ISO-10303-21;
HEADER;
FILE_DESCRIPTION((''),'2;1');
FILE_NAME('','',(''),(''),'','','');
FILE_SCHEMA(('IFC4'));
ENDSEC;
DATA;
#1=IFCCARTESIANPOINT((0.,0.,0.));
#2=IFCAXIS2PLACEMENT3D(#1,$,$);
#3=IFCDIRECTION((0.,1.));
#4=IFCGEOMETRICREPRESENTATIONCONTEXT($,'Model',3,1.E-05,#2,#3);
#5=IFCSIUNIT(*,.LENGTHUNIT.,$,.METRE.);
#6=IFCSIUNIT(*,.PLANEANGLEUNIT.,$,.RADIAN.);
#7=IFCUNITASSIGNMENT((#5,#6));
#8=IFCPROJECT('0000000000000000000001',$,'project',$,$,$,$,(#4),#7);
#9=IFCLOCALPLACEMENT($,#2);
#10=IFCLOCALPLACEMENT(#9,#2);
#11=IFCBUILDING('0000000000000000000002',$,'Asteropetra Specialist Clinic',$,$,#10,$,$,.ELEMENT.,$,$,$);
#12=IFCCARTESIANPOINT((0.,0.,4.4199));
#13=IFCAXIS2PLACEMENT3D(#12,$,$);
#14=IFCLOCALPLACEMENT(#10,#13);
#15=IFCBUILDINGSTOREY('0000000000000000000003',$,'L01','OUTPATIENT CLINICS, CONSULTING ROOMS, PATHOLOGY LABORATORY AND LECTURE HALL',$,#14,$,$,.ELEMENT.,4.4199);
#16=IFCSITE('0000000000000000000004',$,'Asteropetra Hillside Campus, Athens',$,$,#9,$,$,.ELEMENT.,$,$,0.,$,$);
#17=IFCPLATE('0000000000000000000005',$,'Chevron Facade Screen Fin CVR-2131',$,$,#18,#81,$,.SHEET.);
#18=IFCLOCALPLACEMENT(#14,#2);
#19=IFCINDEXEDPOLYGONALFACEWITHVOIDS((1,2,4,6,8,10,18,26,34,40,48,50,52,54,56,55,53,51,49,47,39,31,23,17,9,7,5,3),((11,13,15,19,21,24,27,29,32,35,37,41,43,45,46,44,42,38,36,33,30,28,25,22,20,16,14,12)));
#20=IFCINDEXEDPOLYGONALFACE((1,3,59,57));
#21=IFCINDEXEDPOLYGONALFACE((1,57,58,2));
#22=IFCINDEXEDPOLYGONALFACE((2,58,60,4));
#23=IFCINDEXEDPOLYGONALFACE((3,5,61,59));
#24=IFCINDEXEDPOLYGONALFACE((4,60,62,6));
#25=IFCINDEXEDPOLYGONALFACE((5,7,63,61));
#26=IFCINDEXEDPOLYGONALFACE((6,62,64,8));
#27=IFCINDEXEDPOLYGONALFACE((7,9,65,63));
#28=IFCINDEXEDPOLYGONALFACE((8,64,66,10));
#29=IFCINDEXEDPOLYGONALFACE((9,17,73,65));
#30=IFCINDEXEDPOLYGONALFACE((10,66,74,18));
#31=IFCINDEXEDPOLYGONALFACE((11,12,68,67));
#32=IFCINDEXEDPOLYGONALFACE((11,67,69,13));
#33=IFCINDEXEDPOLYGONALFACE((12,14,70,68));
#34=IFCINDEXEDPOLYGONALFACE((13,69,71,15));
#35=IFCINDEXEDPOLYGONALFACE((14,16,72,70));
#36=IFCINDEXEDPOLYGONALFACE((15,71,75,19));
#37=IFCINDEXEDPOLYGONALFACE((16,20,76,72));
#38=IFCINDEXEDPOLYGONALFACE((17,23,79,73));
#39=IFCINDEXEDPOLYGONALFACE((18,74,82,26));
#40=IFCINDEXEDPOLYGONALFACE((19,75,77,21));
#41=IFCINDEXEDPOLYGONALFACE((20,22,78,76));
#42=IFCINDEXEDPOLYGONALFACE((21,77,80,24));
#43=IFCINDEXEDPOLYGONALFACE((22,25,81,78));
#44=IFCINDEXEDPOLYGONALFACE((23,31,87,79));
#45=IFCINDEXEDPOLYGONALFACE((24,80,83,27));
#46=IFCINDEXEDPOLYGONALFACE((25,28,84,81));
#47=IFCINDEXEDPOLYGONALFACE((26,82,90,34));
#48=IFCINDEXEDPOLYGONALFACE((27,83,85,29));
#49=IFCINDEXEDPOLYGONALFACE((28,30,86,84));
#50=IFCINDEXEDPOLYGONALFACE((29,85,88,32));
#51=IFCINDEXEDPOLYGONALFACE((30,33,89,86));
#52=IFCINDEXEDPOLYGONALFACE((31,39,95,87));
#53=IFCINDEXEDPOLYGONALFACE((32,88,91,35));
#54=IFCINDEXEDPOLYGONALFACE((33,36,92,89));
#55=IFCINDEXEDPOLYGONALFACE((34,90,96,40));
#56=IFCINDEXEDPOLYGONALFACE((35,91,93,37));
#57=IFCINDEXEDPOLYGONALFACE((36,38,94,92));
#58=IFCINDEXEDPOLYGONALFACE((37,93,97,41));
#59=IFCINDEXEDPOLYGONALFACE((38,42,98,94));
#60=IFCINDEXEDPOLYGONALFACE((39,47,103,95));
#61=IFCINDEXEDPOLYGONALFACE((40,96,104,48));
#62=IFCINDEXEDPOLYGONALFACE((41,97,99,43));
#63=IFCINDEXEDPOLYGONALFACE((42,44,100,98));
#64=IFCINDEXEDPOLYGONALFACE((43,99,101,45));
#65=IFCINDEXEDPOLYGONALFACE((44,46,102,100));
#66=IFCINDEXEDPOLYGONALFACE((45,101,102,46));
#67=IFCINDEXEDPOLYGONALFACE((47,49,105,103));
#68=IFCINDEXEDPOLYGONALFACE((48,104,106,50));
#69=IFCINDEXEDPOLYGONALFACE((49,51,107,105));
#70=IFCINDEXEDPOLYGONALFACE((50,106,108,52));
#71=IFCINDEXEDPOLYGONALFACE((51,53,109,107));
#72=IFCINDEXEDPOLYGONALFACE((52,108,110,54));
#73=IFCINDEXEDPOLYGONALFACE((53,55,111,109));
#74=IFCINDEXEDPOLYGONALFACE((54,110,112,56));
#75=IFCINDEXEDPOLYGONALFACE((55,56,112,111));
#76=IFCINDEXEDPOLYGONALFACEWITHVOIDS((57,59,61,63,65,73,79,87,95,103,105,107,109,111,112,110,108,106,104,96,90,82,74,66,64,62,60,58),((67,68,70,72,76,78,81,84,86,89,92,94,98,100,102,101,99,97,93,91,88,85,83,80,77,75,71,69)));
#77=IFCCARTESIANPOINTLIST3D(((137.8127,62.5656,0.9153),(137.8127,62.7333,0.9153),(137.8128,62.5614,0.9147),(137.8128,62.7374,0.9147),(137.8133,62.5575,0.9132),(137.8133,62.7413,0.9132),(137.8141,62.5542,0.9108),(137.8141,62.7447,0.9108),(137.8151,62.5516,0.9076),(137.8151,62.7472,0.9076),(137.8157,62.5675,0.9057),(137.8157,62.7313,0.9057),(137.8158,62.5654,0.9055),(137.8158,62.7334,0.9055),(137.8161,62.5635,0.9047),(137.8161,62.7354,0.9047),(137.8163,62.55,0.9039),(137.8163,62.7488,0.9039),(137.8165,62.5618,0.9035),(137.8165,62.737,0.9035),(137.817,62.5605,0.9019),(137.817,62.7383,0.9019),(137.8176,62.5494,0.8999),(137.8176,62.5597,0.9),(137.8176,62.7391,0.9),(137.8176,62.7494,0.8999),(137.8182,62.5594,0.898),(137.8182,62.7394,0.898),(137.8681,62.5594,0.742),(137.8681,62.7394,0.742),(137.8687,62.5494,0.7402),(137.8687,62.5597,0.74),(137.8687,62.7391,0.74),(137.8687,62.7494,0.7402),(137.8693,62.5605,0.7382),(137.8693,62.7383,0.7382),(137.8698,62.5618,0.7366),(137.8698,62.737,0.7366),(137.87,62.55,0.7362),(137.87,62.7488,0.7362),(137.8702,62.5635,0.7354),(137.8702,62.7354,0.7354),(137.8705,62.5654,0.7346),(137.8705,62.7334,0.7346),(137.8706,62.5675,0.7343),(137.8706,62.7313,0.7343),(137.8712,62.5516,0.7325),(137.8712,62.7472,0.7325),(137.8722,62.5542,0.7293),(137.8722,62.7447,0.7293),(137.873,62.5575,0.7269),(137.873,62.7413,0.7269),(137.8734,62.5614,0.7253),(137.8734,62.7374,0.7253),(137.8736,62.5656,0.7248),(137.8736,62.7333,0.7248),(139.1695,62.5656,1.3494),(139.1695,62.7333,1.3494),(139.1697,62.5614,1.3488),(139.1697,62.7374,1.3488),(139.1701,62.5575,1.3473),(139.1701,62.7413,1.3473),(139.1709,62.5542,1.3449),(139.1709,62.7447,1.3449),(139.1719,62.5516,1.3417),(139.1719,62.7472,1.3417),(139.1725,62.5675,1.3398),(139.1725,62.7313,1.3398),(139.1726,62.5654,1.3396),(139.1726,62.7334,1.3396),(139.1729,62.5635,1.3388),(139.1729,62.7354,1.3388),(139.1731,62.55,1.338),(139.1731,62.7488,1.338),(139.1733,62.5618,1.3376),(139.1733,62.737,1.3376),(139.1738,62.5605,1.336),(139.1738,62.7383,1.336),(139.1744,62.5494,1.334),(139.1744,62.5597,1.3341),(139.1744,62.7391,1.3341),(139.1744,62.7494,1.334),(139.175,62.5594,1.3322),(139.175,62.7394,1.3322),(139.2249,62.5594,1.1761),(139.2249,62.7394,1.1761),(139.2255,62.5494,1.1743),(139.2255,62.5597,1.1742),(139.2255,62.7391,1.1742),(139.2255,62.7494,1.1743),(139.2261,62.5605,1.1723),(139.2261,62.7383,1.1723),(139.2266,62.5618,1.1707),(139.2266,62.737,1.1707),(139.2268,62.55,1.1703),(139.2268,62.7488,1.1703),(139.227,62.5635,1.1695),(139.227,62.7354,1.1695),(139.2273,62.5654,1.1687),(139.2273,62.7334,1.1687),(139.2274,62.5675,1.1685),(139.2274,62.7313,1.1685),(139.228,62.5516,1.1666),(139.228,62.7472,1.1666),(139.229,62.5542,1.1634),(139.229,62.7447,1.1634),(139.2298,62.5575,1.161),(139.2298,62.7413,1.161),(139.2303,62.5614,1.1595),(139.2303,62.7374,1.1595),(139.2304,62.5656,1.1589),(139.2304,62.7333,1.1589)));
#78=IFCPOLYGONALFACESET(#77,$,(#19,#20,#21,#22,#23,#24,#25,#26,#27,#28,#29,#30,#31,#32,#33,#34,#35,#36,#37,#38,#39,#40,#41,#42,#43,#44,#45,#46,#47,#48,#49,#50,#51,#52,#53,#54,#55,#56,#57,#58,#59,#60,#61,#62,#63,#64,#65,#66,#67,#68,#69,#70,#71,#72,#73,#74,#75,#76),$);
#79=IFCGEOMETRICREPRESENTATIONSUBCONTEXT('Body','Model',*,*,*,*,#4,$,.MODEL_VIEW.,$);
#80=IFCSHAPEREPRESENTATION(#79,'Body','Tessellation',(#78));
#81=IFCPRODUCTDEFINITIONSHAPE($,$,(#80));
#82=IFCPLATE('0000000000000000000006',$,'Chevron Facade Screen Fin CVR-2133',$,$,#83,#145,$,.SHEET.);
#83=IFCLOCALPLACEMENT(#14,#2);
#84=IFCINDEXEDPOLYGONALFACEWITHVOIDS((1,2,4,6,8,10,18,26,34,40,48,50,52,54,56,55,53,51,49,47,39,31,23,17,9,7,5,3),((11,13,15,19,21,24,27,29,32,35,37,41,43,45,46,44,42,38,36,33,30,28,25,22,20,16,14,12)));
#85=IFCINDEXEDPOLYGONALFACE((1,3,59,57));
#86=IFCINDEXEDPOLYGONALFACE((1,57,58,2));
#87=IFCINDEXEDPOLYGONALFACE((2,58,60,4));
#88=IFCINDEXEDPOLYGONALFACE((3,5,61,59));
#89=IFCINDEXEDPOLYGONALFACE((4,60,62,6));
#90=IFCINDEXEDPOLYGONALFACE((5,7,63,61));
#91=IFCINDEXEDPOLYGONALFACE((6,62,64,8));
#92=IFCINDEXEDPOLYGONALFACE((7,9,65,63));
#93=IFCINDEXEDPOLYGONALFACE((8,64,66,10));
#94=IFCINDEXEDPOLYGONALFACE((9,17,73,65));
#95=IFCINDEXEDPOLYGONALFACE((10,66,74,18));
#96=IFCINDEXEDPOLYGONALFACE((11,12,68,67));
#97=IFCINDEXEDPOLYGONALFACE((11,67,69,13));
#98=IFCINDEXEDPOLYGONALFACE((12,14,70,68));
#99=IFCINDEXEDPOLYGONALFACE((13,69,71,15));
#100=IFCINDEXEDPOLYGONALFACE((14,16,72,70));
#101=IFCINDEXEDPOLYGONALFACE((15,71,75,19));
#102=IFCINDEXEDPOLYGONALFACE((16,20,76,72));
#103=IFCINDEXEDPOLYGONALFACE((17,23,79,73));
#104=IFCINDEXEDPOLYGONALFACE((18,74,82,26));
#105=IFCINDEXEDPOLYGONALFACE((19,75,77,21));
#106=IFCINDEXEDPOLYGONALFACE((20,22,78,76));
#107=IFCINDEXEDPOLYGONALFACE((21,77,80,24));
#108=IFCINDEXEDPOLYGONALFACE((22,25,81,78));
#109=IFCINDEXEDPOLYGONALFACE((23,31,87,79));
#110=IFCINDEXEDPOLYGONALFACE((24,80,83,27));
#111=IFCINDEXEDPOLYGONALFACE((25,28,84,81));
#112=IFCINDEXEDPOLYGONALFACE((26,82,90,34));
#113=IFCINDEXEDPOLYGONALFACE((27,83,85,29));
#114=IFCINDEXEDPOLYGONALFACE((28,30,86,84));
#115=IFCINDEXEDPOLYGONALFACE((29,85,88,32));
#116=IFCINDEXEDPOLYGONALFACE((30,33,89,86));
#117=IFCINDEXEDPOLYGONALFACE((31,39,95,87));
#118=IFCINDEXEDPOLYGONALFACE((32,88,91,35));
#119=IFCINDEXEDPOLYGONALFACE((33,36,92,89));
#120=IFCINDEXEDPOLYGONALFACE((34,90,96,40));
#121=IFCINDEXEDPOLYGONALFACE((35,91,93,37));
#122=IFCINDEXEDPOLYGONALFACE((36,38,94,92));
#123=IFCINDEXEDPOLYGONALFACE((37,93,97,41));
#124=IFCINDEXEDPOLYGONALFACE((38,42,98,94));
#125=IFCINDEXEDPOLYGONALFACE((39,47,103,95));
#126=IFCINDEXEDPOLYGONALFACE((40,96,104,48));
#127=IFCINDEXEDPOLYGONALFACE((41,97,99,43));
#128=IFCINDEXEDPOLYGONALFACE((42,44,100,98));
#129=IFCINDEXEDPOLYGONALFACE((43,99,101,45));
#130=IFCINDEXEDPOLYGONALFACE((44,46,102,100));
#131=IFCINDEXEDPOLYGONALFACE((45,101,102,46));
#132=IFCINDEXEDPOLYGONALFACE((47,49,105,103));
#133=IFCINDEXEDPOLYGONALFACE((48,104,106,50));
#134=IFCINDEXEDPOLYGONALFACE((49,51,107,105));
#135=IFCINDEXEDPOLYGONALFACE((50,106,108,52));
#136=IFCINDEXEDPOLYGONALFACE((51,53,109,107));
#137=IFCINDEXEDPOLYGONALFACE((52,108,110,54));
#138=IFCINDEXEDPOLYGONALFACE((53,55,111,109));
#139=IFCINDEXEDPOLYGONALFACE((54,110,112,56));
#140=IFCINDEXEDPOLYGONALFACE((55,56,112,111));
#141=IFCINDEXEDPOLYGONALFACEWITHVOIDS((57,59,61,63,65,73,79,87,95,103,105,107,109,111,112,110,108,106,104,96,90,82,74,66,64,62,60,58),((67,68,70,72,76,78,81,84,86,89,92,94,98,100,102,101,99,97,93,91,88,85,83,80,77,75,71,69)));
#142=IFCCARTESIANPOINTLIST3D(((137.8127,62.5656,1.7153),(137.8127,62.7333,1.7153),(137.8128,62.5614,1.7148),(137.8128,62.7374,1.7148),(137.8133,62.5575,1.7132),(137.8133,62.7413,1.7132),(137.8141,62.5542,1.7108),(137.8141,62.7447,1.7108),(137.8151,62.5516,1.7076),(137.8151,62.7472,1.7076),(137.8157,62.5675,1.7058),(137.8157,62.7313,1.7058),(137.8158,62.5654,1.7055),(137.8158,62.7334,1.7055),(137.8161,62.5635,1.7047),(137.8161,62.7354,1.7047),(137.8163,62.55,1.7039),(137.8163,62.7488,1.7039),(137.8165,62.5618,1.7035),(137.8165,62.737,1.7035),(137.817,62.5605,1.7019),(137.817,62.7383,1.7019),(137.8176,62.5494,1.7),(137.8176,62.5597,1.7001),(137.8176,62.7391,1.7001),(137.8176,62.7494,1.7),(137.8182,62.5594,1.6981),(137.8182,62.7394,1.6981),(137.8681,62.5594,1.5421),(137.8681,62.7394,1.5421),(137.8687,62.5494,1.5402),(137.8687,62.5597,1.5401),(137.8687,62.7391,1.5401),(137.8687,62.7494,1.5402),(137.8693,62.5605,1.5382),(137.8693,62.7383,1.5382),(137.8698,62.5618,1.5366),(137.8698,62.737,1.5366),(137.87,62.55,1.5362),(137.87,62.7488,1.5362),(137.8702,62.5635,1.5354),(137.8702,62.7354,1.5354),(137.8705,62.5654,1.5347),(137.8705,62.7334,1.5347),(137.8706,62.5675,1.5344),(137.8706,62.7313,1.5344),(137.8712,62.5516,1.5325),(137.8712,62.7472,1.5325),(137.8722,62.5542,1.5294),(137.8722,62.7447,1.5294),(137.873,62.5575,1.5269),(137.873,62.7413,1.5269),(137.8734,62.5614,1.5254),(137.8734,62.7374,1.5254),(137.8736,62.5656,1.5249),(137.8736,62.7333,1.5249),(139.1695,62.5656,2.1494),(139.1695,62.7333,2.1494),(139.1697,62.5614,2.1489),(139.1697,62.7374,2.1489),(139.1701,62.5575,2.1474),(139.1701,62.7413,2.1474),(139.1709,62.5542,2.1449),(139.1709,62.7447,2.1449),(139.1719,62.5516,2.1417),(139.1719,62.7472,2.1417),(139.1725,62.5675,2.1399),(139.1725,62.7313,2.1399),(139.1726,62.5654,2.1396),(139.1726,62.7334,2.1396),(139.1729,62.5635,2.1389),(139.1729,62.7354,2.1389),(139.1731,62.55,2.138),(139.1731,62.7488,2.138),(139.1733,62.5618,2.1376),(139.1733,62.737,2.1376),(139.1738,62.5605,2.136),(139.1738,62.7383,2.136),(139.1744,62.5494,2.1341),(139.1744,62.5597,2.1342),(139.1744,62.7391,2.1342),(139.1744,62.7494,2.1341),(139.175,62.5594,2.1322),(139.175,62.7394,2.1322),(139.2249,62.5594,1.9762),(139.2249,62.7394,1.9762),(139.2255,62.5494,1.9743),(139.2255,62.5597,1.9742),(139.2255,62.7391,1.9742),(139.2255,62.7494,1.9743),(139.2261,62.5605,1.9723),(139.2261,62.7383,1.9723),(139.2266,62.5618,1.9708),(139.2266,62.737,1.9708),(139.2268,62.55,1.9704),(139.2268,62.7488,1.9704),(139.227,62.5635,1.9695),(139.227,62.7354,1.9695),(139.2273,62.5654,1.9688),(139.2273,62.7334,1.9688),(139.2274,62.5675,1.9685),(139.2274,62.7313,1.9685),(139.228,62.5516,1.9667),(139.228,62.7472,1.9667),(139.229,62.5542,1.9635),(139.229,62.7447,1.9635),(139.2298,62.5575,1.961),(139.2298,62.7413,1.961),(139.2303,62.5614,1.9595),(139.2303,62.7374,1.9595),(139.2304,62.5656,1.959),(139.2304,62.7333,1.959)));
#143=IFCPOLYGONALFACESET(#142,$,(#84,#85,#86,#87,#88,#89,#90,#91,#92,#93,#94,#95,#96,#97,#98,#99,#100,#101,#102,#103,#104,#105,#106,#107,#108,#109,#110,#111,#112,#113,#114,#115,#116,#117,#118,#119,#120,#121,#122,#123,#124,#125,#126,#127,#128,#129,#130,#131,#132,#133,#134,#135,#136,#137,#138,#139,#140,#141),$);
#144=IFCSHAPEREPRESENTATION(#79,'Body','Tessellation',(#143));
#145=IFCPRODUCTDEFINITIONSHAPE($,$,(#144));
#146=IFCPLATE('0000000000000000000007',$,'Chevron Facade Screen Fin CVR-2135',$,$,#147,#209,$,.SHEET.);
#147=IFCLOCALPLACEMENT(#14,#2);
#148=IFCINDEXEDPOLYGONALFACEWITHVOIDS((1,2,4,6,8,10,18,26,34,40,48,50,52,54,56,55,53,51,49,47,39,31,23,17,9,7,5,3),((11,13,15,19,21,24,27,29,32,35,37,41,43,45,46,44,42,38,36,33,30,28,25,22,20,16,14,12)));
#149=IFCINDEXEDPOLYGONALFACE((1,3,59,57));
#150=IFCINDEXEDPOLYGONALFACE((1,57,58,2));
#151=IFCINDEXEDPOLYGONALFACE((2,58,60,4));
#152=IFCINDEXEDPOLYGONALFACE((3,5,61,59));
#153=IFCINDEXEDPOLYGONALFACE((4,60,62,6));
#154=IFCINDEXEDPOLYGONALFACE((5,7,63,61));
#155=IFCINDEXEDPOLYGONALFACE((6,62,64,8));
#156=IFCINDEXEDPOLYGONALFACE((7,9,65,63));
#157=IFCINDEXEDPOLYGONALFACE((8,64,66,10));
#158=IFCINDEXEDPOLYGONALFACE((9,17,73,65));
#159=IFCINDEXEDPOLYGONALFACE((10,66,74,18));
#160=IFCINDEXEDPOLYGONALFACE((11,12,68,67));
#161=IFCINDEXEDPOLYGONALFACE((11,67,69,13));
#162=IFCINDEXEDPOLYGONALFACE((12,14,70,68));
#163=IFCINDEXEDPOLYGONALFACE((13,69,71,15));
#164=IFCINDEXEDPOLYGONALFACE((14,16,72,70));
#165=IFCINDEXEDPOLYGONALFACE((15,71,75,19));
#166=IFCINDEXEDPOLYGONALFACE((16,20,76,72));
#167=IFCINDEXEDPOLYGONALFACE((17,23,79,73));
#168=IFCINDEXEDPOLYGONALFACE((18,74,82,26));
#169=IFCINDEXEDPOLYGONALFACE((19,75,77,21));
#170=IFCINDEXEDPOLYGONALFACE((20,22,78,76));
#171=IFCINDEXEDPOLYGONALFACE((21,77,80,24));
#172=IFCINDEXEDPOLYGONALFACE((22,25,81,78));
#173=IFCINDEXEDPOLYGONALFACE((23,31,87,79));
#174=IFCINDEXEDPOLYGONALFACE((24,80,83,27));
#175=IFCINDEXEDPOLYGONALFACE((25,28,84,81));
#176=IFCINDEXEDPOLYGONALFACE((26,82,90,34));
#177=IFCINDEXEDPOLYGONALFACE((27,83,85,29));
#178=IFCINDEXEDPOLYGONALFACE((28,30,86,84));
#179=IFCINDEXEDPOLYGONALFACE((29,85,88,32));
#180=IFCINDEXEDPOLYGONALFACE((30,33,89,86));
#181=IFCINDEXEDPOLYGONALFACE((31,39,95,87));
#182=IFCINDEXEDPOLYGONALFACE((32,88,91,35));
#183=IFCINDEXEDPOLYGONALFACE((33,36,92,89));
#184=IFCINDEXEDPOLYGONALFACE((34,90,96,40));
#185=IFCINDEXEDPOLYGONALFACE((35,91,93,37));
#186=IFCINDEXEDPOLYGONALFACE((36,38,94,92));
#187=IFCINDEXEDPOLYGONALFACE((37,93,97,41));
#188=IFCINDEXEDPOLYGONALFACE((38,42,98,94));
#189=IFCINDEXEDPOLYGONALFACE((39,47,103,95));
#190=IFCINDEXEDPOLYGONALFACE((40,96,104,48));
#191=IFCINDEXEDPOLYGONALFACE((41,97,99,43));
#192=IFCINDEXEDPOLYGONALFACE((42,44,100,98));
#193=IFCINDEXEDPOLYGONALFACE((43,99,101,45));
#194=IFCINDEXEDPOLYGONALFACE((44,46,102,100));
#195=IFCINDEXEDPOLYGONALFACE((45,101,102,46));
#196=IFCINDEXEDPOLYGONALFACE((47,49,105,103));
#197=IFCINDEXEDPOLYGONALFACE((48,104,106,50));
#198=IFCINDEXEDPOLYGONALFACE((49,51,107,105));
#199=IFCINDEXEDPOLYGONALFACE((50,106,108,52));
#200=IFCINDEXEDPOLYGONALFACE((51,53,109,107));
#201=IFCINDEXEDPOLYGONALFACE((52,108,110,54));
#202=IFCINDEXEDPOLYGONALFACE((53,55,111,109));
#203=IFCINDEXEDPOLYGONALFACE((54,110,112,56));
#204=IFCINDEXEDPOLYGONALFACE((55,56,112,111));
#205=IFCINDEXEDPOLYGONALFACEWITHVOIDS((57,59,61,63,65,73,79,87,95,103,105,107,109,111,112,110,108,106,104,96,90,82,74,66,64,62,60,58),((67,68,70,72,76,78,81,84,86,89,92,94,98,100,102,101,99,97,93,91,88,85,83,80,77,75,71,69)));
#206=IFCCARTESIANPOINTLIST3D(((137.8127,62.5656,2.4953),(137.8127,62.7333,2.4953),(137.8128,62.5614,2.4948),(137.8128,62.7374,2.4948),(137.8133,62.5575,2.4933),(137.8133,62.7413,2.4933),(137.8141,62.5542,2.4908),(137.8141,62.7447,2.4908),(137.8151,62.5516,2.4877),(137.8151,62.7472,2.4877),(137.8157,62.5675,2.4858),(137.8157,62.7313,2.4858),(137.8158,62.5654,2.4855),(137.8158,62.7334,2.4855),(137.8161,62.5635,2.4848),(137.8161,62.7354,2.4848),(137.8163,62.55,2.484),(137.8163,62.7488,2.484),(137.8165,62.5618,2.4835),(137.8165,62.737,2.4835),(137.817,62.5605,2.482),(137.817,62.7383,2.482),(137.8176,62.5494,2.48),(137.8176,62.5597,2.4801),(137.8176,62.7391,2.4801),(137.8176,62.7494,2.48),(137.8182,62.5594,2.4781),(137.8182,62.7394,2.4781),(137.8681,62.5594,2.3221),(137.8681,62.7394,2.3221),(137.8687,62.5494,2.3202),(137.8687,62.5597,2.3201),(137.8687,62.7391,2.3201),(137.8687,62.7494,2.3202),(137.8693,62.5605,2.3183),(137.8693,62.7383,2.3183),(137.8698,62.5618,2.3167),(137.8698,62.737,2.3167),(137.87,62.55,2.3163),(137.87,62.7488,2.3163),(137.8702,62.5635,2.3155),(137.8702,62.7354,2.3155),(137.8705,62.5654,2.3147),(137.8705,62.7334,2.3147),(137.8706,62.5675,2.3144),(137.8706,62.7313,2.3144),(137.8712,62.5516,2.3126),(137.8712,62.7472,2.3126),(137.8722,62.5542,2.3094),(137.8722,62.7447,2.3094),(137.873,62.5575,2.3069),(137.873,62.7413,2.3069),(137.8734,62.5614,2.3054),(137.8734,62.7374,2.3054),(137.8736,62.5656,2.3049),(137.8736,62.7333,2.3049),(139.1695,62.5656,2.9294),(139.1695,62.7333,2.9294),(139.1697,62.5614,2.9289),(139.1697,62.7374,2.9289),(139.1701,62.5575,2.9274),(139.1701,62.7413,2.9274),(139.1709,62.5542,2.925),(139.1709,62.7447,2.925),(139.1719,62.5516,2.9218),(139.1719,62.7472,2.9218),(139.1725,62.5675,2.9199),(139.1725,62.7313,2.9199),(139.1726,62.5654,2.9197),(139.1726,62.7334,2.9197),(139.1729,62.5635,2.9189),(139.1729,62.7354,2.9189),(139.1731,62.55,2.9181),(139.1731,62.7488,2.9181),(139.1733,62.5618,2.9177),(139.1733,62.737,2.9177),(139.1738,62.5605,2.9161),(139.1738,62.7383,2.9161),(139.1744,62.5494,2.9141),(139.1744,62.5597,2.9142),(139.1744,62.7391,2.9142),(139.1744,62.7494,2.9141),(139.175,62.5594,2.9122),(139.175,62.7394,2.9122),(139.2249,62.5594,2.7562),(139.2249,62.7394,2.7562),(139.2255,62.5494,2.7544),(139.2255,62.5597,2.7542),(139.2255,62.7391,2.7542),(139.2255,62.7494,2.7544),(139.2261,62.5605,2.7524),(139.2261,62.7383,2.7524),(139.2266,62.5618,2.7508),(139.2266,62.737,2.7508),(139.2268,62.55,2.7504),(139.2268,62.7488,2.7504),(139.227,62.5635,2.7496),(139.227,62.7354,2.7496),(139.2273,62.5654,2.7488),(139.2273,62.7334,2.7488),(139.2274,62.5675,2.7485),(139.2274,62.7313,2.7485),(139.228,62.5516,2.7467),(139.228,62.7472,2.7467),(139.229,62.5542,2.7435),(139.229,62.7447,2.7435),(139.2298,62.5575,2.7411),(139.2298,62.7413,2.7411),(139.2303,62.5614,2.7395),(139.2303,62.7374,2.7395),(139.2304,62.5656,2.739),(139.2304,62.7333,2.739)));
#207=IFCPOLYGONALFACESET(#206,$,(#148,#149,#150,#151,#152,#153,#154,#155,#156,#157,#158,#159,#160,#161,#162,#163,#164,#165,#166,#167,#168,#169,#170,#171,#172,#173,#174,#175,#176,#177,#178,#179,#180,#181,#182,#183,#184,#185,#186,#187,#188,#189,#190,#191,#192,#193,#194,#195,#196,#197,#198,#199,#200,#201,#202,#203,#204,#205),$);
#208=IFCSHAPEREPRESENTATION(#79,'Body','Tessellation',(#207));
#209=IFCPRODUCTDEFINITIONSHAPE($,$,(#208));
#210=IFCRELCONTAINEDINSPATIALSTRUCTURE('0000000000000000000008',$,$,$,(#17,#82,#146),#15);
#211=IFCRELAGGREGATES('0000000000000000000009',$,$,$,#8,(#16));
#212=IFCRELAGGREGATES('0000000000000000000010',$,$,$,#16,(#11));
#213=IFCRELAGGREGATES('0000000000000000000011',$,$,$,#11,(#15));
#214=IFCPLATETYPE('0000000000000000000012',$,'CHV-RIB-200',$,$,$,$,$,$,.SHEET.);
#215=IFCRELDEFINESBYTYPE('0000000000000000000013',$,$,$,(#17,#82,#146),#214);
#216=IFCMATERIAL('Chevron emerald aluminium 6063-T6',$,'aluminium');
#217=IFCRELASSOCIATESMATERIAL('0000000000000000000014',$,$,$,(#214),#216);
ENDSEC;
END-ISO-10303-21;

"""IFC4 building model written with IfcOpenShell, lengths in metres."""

from ifc_helpers import new_model, si_unit, direction, frame, origin, origin_2d, place, context, subcontext, project, spatial, hollow_rectangle, extrude, material, material_profile, profile_set, type_object, element, save


model = new_model("IFC4")

# Units and contexts
model_context = context("Model", 3, precision=1e-05, world=origin(), true_north=direction((0.0, 1.0)))
body_context = subcontext(model_context, "Body", "Model", "MODEL_VIEW")
ifc_project = project(units=[si_unit("LENGTHUNIT", "METRE"), si_unit("PLANEANGLEUNIT", "RADIAN")], contexts=[model_context])

# Site, building, storey
site_placement = place(None, origin())
site = spatial("IfcSite", under=ifc_project, at=site_placement, Name="Asteropetra Hillside Campus, Athens", CompositionType="ELEMENT", RefElevation=0.0)
building_placement = place(site_placement, origin())
building = spatial("IfcBuilding", under=site, at=building_placement, Name="Asteropetra Specialist Clinic", CompositionType="ELEMENT")
storey_placement = place(building_placement, frame((0.0, 0.0, 4.4199)))
storey = spatial("IfcBuildingStorey", under=building, at=storey_placement, Name="L01", Description="OUTPATIENT CLINICS, CONSULTING ROOMS, PATHOLOGY LABORATORY AND LECTURE HALL", CompositionType="ELEMENT", Elevation=4.4199)

# Plates
ifc_material_1 = material(Name="Chevron emerald aluminium 6063-T6", Category="aluminium")
ifc_material_profile_1 = material_profile(ifc_material_1, hollow_rectangle(XDim=0.2, YDim=0.2, WallThickness=0.01, InnerFilletRadius=0.0081, OuterFilletRadius=0.0161, at=origin_2d()), Name="SHS 200x200x10.0")
ifc_profile_set_1 = profile_set([ifc_material_profile_1], Name="Chevron emerald aluminium 6063-T6")
plate_type = type_object("IfcPlateType", Name="CHV-RIB-200", PredefinedType="SHEET", material=ifc_profile_set_1)
for number, where, z_axis, x_axis, name in (
    (1, (139.2, 62.6494, 1.2542), (-0.952436, 0.0, -0.304738), (0.0, -1.0, 0.0), "Chevron Facade Screen Fin CVR-2131"),
    (2, (139.2, 62.6494, 2.0542), (-0.952436, 0.0, -0.304738), (0.0, -1.0, 0.0), "Chevron Facade Screen Fin CVR-2133"),
    (3, (139.2, 62.6494, 2.8342), (-0.952436, 0.0, -0.304738), (0.0, -1.0, 0.0), "Chevron Facade Screen Fin CVR-2135"),
):
    element("IfcPlate", number, at=place(storey_placement, frame(where, z_axis=z_axis, x_axis=x_axis)), inside=storey, type_object=plate_type, Name=name, PredefinedType="SHEET", context=body_context, shape_type="SweptSolid", body=[
        extrude(hollow_rectangle(XDim=0.2, YDim=0.2, WallThickness=0.01, InnerFilletRadius=0.0081, OuterFilletRadius=0.0161, at=origin_2d()), origin(), (0.0, 0.0, 1.0), 1.4246),
    ])

save(model, "model.ifc")
